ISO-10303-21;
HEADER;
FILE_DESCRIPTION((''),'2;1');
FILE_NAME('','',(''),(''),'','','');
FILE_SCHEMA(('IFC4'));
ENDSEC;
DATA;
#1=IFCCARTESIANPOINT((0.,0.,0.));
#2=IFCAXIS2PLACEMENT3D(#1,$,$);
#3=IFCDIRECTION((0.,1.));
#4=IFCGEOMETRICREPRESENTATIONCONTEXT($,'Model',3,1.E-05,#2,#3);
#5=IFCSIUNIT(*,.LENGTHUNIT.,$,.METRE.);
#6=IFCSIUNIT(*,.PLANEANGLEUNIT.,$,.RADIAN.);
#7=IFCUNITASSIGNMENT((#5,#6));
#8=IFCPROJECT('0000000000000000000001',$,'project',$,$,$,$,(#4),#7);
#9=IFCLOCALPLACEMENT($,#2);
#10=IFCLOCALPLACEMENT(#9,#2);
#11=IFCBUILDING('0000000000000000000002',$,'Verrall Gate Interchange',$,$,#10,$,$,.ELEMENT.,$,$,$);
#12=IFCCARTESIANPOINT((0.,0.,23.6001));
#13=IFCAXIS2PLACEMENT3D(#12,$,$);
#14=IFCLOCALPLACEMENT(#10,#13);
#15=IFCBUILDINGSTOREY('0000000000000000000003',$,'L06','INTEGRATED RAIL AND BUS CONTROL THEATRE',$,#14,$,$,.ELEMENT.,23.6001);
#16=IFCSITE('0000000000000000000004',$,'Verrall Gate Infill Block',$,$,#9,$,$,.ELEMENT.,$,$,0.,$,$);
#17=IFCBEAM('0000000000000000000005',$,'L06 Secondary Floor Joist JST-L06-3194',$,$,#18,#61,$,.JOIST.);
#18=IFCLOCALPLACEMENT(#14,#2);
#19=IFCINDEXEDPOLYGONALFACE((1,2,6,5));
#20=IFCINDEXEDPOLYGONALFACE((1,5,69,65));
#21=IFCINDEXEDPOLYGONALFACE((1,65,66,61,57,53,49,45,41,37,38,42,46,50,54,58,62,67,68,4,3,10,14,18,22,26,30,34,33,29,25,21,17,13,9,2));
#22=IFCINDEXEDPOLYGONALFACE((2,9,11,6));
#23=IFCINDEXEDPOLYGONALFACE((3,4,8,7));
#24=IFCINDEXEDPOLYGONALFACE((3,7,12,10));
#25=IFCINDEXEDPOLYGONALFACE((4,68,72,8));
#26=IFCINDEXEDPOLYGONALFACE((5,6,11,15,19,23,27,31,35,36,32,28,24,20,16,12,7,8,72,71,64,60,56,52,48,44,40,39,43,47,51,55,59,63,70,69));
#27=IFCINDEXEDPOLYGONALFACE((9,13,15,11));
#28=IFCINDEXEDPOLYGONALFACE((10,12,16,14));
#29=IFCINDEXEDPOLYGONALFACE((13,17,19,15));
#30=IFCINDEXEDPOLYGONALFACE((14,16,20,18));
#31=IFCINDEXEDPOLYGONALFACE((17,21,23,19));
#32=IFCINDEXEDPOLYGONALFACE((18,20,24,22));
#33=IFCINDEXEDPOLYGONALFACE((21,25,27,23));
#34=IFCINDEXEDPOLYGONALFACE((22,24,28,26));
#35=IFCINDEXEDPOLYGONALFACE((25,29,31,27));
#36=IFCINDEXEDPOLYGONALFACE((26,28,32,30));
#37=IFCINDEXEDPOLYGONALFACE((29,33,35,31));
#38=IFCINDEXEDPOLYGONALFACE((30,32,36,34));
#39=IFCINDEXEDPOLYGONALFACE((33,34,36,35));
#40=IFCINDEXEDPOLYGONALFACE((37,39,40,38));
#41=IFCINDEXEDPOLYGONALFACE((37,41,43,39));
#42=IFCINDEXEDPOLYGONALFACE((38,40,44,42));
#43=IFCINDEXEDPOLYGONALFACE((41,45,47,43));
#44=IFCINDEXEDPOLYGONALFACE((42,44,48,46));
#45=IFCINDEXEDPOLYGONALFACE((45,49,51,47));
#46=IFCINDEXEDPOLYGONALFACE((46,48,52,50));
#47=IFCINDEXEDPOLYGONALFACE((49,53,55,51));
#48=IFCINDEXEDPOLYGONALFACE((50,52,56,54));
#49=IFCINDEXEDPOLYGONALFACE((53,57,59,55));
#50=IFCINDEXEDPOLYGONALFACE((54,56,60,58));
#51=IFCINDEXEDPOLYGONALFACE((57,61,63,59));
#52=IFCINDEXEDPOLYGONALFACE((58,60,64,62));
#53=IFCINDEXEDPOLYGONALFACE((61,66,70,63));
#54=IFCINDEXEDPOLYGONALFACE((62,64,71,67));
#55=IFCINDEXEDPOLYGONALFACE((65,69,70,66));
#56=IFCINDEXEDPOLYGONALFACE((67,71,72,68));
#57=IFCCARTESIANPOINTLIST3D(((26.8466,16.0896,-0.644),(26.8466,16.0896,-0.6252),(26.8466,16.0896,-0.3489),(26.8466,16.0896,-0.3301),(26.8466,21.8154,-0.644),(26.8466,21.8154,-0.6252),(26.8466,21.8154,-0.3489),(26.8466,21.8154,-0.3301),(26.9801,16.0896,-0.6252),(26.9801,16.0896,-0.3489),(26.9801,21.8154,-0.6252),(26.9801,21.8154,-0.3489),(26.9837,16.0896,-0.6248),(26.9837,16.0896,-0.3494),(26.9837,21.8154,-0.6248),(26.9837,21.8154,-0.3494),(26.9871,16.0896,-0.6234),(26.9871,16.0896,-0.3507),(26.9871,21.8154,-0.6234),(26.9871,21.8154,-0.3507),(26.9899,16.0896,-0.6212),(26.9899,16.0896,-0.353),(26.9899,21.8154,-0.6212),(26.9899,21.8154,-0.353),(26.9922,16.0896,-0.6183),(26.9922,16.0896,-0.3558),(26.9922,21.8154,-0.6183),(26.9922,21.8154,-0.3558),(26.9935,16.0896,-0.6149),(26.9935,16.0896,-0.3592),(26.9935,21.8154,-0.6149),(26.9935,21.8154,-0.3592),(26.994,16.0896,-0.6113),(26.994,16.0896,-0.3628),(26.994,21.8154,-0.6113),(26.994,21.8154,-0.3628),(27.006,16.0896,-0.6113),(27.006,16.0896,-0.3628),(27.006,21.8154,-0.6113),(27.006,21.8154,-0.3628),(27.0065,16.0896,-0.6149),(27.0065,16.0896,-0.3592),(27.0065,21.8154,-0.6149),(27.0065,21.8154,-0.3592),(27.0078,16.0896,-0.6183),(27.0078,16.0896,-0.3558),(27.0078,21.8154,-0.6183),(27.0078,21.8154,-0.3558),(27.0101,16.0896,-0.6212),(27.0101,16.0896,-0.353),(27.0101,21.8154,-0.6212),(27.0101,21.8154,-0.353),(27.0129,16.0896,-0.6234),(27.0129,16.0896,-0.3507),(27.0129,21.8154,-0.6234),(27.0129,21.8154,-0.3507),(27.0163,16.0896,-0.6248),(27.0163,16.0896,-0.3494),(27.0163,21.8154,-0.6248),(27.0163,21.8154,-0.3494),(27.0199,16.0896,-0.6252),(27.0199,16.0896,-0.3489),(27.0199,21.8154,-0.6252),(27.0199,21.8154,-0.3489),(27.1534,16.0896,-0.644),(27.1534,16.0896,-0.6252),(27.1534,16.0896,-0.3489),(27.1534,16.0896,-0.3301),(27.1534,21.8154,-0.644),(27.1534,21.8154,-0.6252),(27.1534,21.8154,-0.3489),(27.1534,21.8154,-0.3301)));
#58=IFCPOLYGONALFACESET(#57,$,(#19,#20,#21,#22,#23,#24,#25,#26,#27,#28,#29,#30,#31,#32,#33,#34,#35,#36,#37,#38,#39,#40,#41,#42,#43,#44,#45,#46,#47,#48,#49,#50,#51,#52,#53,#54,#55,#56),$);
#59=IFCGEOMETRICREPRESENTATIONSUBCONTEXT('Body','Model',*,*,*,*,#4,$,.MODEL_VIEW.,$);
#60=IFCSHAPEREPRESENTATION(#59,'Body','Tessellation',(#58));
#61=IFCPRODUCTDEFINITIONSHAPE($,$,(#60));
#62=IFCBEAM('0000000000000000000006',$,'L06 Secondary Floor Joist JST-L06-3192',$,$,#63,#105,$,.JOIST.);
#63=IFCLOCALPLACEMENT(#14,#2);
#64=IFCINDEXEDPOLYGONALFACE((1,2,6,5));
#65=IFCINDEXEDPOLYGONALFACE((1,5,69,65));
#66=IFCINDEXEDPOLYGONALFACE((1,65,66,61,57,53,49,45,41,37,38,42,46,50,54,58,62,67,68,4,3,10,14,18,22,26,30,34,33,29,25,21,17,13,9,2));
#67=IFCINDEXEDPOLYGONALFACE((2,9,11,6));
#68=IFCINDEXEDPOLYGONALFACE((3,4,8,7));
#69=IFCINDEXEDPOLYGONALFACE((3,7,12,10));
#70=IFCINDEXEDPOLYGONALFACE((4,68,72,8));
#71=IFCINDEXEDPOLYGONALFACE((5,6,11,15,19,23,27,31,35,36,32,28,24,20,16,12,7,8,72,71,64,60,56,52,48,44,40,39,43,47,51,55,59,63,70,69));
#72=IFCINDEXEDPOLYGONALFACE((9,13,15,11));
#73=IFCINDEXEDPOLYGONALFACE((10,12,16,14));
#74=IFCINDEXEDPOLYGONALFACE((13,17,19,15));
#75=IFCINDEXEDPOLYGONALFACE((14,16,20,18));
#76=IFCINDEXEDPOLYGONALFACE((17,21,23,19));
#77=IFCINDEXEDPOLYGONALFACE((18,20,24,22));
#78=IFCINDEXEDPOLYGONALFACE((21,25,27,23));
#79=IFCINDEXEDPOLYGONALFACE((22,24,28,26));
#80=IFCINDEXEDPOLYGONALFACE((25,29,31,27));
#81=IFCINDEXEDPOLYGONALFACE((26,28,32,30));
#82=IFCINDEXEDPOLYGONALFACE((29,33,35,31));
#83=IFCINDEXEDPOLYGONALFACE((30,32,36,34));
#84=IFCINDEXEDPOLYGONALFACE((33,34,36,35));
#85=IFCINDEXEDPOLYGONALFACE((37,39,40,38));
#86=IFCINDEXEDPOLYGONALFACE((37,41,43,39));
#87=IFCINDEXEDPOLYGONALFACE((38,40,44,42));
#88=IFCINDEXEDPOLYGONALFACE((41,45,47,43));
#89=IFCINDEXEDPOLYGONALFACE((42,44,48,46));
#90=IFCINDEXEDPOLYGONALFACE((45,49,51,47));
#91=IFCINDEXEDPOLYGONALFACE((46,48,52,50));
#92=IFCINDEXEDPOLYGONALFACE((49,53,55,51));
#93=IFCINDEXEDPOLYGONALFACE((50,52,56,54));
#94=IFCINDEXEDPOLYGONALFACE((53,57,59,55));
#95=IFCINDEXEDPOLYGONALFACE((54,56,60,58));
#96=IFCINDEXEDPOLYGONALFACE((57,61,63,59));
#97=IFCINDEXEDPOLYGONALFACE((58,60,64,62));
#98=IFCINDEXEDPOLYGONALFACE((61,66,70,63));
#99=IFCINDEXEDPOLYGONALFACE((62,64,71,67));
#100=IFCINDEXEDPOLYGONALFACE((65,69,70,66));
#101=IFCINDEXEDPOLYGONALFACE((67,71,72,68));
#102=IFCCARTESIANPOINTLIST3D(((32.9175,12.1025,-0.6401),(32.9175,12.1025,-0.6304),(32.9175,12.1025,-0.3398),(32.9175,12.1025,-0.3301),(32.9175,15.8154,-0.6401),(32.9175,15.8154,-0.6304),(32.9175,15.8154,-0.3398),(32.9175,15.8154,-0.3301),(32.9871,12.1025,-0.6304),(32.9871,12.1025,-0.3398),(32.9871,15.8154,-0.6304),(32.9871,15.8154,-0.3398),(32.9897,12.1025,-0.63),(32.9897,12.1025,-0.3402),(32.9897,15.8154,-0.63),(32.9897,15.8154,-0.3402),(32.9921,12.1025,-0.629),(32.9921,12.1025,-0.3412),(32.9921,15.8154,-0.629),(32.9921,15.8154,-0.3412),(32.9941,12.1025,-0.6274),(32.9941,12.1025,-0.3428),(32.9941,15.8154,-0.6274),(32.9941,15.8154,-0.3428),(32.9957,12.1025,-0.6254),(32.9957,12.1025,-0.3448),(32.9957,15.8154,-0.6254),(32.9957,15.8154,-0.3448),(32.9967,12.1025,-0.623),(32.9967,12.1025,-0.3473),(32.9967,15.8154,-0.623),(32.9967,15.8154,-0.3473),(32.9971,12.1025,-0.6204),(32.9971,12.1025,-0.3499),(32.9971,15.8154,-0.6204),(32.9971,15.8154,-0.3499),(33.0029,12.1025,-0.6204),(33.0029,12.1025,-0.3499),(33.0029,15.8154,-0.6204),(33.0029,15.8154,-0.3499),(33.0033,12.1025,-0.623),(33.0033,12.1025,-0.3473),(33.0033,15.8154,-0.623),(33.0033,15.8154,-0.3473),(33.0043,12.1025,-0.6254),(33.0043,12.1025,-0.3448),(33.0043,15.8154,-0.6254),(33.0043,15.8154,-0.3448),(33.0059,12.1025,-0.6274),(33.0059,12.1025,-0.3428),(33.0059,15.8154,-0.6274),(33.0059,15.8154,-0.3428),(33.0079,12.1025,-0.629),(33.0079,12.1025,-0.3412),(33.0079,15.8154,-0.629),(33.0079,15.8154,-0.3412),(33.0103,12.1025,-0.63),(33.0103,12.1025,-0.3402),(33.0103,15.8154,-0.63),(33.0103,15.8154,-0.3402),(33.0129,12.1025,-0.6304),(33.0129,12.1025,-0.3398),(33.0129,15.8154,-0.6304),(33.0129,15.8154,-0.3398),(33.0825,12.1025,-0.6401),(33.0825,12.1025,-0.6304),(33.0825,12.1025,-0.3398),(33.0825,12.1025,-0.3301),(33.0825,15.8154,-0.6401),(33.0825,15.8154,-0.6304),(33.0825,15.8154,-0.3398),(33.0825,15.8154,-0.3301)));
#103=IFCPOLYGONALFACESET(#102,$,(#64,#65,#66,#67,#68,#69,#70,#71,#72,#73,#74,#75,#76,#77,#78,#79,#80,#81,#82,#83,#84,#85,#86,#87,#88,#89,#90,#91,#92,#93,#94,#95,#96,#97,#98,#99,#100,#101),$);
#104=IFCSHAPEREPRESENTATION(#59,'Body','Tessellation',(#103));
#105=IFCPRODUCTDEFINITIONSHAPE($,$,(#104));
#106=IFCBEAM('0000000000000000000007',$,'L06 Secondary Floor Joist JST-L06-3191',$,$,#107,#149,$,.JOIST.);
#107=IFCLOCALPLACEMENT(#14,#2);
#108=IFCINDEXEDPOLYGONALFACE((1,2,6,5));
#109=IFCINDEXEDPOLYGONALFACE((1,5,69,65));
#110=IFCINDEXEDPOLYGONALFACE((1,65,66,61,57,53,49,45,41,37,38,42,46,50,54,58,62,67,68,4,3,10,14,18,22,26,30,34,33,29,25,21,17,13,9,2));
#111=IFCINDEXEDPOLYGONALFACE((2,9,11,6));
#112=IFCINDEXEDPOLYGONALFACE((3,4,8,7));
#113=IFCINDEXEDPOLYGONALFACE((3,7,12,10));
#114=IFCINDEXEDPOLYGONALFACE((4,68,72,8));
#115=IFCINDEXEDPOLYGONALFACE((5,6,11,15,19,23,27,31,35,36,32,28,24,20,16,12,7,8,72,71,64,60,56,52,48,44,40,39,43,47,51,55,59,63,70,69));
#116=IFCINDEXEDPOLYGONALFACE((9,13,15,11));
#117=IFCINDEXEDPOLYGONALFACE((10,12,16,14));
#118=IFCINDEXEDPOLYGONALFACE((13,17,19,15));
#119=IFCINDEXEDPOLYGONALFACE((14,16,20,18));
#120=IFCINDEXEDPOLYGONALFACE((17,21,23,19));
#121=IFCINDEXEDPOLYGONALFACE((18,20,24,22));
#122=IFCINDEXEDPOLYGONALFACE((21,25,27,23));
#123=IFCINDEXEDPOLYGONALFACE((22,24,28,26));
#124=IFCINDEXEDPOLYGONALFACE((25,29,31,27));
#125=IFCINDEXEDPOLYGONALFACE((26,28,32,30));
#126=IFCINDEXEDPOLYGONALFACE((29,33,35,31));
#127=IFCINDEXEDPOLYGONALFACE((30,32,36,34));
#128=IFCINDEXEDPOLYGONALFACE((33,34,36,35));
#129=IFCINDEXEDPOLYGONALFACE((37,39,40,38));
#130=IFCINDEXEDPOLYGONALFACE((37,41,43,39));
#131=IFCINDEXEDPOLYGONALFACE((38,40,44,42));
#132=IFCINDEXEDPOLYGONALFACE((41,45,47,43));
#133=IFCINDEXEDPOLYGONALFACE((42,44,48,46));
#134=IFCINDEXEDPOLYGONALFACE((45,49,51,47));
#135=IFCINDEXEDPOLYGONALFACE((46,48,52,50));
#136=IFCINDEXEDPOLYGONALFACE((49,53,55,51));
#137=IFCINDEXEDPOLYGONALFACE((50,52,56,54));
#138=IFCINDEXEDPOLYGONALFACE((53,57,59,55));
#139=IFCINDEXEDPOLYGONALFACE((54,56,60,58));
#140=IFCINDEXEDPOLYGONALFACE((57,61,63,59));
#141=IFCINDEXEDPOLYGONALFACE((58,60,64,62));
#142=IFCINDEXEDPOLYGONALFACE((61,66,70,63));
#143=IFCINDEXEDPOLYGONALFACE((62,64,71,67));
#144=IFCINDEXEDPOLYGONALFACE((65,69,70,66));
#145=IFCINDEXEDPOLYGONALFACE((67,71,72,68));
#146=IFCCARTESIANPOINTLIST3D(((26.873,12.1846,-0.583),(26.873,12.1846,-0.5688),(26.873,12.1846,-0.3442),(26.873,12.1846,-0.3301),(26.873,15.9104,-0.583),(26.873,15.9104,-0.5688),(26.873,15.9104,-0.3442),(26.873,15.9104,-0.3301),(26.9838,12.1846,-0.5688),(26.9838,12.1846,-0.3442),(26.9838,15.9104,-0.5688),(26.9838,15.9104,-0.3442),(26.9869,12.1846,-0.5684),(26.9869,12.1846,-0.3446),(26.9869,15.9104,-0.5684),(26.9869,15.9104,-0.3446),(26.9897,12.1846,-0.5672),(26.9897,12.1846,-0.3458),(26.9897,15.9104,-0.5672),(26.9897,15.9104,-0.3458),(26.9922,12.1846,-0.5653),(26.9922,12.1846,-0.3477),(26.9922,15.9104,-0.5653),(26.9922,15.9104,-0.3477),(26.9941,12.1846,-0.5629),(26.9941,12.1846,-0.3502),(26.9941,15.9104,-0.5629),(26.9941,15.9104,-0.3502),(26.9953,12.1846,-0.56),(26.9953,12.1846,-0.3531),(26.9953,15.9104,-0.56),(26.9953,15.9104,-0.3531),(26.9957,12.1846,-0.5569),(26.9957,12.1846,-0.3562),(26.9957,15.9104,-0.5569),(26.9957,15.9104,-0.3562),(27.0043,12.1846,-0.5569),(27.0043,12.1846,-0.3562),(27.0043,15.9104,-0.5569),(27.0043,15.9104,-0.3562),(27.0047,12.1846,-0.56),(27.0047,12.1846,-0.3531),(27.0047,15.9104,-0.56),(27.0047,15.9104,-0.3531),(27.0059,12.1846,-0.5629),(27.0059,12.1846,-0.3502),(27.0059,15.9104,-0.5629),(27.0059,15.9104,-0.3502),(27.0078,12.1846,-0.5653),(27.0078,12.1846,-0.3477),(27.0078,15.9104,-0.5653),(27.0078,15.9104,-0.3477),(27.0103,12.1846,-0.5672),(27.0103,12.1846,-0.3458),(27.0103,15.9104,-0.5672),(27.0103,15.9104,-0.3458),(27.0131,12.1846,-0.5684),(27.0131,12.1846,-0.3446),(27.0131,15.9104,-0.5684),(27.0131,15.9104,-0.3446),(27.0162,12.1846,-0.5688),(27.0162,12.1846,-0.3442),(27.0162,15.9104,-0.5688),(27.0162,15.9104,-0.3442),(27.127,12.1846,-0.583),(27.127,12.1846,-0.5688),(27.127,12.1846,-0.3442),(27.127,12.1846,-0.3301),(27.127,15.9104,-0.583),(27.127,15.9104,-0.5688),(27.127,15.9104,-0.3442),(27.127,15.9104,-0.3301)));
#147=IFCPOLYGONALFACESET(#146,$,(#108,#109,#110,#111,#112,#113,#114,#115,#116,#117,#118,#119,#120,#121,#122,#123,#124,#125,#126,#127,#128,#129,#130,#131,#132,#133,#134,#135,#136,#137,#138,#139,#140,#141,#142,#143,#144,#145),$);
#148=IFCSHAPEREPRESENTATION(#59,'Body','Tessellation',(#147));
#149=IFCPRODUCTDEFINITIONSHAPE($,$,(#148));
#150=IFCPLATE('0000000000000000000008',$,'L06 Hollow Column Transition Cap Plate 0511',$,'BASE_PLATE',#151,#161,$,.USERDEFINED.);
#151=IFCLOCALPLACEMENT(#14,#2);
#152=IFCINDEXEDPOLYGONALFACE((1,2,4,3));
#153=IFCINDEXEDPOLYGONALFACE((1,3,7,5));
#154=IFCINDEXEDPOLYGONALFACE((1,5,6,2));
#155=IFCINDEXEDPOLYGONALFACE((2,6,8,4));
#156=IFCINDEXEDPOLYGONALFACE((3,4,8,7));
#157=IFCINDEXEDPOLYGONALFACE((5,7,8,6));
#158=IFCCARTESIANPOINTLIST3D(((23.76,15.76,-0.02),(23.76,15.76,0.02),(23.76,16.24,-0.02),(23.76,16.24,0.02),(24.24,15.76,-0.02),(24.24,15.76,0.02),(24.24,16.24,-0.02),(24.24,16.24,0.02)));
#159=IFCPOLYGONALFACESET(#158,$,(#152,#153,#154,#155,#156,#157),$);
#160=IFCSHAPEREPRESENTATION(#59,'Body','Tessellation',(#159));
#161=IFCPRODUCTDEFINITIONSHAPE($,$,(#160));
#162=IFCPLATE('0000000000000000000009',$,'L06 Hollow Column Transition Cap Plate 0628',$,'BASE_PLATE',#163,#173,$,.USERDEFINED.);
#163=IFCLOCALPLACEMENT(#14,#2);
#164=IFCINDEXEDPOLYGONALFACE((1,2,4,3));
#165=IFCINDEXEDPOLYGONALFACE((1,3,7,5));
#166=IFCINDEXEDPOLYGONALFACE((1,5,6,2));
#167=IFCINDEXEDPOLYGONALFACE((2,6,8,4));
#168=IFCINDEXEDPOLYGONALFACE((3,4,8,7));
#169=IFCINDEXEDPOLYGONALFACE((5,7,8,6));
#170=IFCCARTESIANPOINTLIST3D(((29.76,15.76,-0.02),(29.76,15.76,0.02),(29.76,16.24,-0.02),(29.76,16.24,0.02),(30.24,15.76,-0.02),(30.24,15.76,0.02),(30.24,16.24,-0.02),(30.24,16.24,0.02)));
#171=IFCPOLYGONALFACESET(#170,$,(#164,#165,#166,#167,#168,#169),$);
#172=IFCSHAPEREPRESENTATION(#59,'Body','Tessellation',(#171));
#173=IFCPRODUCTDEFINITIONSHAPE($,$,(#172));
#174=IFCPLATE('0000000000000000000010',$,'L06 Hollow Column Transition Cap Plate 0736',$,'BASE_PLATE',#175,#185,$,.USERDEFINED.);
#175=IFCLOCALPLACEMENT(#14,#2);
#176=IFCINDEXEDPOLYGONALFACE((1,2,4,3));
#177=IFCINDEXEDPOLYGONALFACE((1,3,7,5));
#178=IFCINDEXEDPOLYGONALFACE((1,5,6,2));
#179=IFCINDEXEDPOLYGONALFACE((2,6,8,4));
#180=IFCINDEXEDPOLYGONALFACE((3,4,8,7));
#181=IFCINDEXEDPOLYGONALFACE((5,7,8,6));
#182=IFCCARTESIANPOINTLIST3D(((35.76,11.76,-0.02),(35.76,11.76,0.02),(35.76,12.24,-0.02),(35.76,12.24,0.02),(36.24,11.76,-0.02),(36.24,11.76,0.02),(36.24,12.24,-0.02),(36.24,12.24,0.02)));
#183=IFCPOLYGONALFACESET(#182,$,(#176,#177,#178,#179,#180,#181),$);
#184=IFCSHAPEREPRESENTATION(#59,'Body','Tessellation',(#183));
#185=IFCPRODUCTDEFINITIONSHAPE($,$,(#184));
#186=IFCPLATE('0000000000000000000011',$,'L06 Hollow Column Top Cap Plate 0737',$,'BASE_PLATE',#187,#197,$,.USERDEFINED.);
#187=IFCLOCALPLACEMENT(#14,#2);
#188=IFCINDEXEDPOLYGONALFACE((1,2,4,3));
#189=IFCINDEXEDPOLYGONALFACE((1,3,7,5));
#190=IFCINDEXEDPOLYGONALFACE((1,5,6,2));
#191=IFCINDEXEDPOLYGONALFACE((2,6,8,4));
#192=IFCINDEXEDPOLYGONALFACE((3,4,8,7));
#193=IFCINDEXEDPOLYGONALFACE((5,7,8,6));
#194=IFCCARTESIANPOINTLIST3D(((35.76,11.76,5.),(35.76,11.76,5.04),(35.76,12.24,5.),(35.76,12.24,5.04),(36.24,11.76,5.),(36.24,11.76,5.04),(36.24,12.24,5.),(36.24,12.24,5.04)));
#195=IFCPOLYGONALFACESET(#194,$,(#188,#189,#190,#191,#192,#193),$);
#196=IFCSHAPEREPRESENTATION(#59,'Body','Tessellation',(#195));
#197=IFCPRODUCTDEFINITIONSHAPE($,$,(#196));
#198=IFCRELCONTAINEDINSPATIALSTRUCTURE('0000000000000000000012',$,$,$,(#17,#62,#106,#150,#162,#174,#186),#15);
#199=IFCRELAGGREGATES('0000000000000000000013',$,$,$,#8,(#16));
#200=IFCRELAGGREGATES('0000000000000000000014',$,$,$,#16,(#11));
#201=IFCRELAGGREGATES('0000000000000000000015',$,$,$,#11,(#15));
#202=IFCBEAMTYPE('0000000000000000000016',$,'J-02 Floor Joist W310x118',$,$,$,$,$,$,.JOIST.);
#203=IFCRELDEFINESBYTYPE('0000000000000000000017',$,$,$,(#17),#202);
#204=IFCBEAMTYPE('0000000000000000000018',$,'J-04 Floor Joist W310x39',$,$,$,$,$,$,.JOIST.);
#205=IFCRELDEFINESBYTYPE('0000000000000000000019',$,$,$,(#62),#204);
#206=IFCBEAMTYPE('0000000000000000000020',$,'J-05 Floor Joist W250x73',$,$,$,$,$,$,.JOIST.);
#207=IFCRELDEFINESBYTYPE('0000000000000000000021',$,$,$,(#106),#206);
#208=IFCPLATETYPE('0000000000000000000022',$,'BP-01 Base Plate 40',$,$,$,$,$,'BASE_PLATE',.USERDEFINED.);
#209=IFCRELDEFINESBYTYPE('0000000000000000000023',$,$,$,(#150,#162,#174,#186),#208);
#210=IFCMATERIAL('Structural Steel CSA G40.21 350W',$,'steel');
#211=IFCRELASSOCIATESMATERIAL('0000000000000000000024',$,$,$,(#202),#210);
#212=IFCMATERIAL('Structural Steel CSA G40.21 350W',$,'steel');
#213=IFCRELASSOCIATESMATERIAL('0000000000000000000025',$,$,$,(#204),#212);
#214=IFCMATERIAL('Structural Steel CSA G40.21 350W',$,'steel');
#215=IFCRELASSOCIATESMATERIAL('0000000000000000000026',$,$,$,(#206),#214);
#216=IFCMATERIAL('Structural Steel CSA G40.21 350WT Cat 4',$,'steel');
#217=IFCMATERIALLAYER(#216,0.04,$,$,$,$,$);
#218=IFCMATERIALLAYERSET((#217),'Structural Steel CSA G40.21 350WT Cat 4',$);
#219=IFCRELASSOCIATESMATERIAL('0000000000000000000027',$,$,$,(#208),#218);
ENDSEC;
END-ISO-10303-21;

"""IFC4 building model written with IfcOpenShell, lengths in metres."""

from ifc_helpers import new_model, si_unit, direction, frame, origin, origin_2d, place, context, subcontext, project, spatial, rectangle, i_section, extrude, material, layer, layer_set, material_profile, profile_set, type_object, element, save


model = new_model("IFC4")

# Units and contexts
model_context = context("Model", 3, precision=1e-05, world=origin(), true_north=direction((0.0, 1.0)))
body_context = subcontext(model_context, "Body", "Model", "MODEL_VIEW")
ifc_project = project(units=[si_unit("LENGTHUNIT", "METRE"), si_unit("PLANEANGLEUNIT", "RADIAN")], contexts=[model_context])

# Site, building, storey
site_placement = place(None, origin())
site = spatial("IfcSite", under=ifc_project, at=site_placement, Name="Verrall Gate Infill Block", CompositionType="ELEMENT", RefElevation=0.0)
building_placement = place(site_placement, origin())
building = spatial("IfcBuilding", under=site, at=building_placement, Name="Verrall Gate Interchange", CompositionType="ELEMENT")
storey_placement = place(building_placement, frame((0.0, 0.0, 23.6001)))
storey = spatial("IfcBuildingStorey", under=building, at=storey_placement, Name="L06", Description="INTEGRATED RAIL AND BUS CONTROL THEATRE", CompositionType="ELEMENT", Elevation=23.6001)

# Beams
ifc_material_1 = material(Name="Structural Steel CSA G40.21 350W", Category="steel")
ifc_material_profile_1 = material_profile(ifc_material_1, i_section(OverallWidth=0.3069, OverallDepth=0.314, WebThickness=0.012, FlangeThickness=0.0188, FilletRadius=0.0139, at=origin_2d()), Name="W310x118")
ifc_profile_set_1 = profile_set([ifc_material_profile_1], Name="Structural Steel CSA G40.21 350W")
beam_type_1 = type_object("IfcBeamType", Name="J-02 Floor Joist W310x118", PredefinedType="JOIST", material=ifc_profile_set_1)
beam_1_placement = place(storey_placement, frame((27.0, 16.0896, -0.4871), z_axis=(0.0, 1.0, 0.0), x_axis=(-1.0, 0.0, 0.0)))
element("IfcBeam", 1, at=beam_1_placement, inside=storey, type_object=beam_type_1, Name="L06 Secondary Floor Joist JST-L06-3194", PredefinedType="JOIST", context=body_context, shape_type="SweptSolid", body=[
    extrude(i_section(OverallWidth=0.3069, OverallDepth=0.314, WebThickness=0.012, FlangeThickness=0.0188, FilletRadius=0.0139, at=origin_2d()), origin(), (0.0, 0.0, 1.0), 5.7258),
])
ifc_material_2 = material(Name="Structural Steel CSA G40.21 350W", Category="steel")
ifc_material_profile_2 = material_profile(ifc_material_2, i_section(OverallWidth=0.165, OverallDepth=0.3101, WebThickness=0.0059, FlangeThickness=0.0098, FilletRadius=0.01, at=origin_2d()), Name="W310x39")
ifc_profile_set_2 = profile_set([ifc_material_profile_2], Name="Structural Steel CSA G40.21 350W")
beam_type_2 = type_object("IfcBeamType", Name="J-04 Floor Joist W310x39", PredefinedType="JOIST", material=ifc_profile_set_2)
beam_2_placement = place(storey_placement, frame((33.0, 12.1025, -0.4851), z_axis=(0.0, 1.0, 0.0), x_axis=(-1.0, 0.0, 0.0)))
element("IfcBeam", 2, at=beam_2_placement, inside=storey, type_object=beam_type_2, Name="L06 Secondary Floor Joist JST-L06-3192", PredefinedType="JOIST", context=body_context, shape_type="SweptSolid", body=[
    extrude(i_section(OverallWidth=0.165, OverallDepth=0.3101, WebThickness=0.0059, FlangeThickness=0.0098, FilletRadius=0.01, at=origin_2d()), origin(), (0.0, 0.0, 1.0), 3.7129),
])
ifc_material_3 = material(Name="Structural Steel CSA G40.21 350W", Category="steel")
ifc_material_profile_3 = material_profile(ifc_material_3, i_section(OverallWidth=0.2539, OverallDepth=0.2529, WebThickness=0.0085, FlangeThickness=0.0142, FilletRadius=0.012, at=origin_2d()), Name="W250x73")
ifc_profile_set_3 = profile_set([ifc_material_profile_3], Name="Structural Steel CSA G40.21 350W")
beam_type_3 = type_object("IfcBeamType", Name="J-05 Floor Joist W250x73", PredefinedType="JOIST", material=ifc_profile_set_3)
beam_3_placement = place(storey_placement, frame((27.0, 12.1846, -0.4565), z_axis=(0.0, 1.0, 0.0), x_axis=(-1.0, 0.0, 0.0)))
element("IfcBeam", 3, at=beam_3_placement, inside=storey, type_object=beam_type_3, Name="L06 Secondary Floor Joist JST-L06-3191", PredefinedType="JOIST", context=body_context, shape_type="SweptSolid", body=[
    extrude(i_section(OverallWidth=0.2539, OverallDepth=0.2529, WebThickness=0.0085, FlangeThickness=0.0142, FilletRadius=0.012, at=origin_2d()), origin(), (0.0, 0.0, 1.0), 3.7258),
])

# Plates
ifc_material_4 = material(Name="Structural Steel CSA G40.21 350WT Cat 4", Category="steel")
ifc_layer_1 = layer(ifc_material_4, 0.04)
ifc_layer_set_1 = layer_set([ifc_layer_1], Name="Structural Steel CSA G40.21 350WT Cat 4")
plate_type_1 = type_object("IfcPlateType", Name="BP-01 Base Plate 40", ElementType="BASE_PLATE", PredefinedType="USERDEFINED", material=ifc_layer_set_1)
for number, where, z_axis, x_axis, name in (
    (4, (24.0, 16.0, -0.02), (0.0, 0.0, 1.0), (1.0, 0.0, 0.0), "L06 Hollow Column Transition Cap Plate 0511"),
    (5, (30.0, 16.0, -0.02), (0.0, 0.0, 1.0), (1.0, 0.0, 0.0), "L06 Hollow Column Transition Cap Plate 0628"),
    (6, (36.0, 12.0, -0.02), (0.0, 0.0, 1.0), (1.0, 0.0, 0.0), "L06 Hollow Column Transition Cap Plate 0736"),
    (7, (36.0, 12.0, 5.0), (0.0, 0.0, 1.0), (1.0, 0.0, 0.0), "L06 Hollow Column Top Cap Plate 0737"),
):
    element("IfcPlate", number, at=place(storey_placement, frame(where, z_axis=z_axis, x_axis=x_axis)), inside=storey, type_object=plate_type_1, Name=name, ObjectType="BASE_PLATE", PredefinedType="USERDEFINED", context=body_context, shape_type="SweptSolid", body=[
        extrude(rectangle(XDim=0.48, YDim=0.48, at=origin_2d()), origin(), (0.0, 0.0, 1.0), 0.04),
    ])

save(model, "model.ifc")
